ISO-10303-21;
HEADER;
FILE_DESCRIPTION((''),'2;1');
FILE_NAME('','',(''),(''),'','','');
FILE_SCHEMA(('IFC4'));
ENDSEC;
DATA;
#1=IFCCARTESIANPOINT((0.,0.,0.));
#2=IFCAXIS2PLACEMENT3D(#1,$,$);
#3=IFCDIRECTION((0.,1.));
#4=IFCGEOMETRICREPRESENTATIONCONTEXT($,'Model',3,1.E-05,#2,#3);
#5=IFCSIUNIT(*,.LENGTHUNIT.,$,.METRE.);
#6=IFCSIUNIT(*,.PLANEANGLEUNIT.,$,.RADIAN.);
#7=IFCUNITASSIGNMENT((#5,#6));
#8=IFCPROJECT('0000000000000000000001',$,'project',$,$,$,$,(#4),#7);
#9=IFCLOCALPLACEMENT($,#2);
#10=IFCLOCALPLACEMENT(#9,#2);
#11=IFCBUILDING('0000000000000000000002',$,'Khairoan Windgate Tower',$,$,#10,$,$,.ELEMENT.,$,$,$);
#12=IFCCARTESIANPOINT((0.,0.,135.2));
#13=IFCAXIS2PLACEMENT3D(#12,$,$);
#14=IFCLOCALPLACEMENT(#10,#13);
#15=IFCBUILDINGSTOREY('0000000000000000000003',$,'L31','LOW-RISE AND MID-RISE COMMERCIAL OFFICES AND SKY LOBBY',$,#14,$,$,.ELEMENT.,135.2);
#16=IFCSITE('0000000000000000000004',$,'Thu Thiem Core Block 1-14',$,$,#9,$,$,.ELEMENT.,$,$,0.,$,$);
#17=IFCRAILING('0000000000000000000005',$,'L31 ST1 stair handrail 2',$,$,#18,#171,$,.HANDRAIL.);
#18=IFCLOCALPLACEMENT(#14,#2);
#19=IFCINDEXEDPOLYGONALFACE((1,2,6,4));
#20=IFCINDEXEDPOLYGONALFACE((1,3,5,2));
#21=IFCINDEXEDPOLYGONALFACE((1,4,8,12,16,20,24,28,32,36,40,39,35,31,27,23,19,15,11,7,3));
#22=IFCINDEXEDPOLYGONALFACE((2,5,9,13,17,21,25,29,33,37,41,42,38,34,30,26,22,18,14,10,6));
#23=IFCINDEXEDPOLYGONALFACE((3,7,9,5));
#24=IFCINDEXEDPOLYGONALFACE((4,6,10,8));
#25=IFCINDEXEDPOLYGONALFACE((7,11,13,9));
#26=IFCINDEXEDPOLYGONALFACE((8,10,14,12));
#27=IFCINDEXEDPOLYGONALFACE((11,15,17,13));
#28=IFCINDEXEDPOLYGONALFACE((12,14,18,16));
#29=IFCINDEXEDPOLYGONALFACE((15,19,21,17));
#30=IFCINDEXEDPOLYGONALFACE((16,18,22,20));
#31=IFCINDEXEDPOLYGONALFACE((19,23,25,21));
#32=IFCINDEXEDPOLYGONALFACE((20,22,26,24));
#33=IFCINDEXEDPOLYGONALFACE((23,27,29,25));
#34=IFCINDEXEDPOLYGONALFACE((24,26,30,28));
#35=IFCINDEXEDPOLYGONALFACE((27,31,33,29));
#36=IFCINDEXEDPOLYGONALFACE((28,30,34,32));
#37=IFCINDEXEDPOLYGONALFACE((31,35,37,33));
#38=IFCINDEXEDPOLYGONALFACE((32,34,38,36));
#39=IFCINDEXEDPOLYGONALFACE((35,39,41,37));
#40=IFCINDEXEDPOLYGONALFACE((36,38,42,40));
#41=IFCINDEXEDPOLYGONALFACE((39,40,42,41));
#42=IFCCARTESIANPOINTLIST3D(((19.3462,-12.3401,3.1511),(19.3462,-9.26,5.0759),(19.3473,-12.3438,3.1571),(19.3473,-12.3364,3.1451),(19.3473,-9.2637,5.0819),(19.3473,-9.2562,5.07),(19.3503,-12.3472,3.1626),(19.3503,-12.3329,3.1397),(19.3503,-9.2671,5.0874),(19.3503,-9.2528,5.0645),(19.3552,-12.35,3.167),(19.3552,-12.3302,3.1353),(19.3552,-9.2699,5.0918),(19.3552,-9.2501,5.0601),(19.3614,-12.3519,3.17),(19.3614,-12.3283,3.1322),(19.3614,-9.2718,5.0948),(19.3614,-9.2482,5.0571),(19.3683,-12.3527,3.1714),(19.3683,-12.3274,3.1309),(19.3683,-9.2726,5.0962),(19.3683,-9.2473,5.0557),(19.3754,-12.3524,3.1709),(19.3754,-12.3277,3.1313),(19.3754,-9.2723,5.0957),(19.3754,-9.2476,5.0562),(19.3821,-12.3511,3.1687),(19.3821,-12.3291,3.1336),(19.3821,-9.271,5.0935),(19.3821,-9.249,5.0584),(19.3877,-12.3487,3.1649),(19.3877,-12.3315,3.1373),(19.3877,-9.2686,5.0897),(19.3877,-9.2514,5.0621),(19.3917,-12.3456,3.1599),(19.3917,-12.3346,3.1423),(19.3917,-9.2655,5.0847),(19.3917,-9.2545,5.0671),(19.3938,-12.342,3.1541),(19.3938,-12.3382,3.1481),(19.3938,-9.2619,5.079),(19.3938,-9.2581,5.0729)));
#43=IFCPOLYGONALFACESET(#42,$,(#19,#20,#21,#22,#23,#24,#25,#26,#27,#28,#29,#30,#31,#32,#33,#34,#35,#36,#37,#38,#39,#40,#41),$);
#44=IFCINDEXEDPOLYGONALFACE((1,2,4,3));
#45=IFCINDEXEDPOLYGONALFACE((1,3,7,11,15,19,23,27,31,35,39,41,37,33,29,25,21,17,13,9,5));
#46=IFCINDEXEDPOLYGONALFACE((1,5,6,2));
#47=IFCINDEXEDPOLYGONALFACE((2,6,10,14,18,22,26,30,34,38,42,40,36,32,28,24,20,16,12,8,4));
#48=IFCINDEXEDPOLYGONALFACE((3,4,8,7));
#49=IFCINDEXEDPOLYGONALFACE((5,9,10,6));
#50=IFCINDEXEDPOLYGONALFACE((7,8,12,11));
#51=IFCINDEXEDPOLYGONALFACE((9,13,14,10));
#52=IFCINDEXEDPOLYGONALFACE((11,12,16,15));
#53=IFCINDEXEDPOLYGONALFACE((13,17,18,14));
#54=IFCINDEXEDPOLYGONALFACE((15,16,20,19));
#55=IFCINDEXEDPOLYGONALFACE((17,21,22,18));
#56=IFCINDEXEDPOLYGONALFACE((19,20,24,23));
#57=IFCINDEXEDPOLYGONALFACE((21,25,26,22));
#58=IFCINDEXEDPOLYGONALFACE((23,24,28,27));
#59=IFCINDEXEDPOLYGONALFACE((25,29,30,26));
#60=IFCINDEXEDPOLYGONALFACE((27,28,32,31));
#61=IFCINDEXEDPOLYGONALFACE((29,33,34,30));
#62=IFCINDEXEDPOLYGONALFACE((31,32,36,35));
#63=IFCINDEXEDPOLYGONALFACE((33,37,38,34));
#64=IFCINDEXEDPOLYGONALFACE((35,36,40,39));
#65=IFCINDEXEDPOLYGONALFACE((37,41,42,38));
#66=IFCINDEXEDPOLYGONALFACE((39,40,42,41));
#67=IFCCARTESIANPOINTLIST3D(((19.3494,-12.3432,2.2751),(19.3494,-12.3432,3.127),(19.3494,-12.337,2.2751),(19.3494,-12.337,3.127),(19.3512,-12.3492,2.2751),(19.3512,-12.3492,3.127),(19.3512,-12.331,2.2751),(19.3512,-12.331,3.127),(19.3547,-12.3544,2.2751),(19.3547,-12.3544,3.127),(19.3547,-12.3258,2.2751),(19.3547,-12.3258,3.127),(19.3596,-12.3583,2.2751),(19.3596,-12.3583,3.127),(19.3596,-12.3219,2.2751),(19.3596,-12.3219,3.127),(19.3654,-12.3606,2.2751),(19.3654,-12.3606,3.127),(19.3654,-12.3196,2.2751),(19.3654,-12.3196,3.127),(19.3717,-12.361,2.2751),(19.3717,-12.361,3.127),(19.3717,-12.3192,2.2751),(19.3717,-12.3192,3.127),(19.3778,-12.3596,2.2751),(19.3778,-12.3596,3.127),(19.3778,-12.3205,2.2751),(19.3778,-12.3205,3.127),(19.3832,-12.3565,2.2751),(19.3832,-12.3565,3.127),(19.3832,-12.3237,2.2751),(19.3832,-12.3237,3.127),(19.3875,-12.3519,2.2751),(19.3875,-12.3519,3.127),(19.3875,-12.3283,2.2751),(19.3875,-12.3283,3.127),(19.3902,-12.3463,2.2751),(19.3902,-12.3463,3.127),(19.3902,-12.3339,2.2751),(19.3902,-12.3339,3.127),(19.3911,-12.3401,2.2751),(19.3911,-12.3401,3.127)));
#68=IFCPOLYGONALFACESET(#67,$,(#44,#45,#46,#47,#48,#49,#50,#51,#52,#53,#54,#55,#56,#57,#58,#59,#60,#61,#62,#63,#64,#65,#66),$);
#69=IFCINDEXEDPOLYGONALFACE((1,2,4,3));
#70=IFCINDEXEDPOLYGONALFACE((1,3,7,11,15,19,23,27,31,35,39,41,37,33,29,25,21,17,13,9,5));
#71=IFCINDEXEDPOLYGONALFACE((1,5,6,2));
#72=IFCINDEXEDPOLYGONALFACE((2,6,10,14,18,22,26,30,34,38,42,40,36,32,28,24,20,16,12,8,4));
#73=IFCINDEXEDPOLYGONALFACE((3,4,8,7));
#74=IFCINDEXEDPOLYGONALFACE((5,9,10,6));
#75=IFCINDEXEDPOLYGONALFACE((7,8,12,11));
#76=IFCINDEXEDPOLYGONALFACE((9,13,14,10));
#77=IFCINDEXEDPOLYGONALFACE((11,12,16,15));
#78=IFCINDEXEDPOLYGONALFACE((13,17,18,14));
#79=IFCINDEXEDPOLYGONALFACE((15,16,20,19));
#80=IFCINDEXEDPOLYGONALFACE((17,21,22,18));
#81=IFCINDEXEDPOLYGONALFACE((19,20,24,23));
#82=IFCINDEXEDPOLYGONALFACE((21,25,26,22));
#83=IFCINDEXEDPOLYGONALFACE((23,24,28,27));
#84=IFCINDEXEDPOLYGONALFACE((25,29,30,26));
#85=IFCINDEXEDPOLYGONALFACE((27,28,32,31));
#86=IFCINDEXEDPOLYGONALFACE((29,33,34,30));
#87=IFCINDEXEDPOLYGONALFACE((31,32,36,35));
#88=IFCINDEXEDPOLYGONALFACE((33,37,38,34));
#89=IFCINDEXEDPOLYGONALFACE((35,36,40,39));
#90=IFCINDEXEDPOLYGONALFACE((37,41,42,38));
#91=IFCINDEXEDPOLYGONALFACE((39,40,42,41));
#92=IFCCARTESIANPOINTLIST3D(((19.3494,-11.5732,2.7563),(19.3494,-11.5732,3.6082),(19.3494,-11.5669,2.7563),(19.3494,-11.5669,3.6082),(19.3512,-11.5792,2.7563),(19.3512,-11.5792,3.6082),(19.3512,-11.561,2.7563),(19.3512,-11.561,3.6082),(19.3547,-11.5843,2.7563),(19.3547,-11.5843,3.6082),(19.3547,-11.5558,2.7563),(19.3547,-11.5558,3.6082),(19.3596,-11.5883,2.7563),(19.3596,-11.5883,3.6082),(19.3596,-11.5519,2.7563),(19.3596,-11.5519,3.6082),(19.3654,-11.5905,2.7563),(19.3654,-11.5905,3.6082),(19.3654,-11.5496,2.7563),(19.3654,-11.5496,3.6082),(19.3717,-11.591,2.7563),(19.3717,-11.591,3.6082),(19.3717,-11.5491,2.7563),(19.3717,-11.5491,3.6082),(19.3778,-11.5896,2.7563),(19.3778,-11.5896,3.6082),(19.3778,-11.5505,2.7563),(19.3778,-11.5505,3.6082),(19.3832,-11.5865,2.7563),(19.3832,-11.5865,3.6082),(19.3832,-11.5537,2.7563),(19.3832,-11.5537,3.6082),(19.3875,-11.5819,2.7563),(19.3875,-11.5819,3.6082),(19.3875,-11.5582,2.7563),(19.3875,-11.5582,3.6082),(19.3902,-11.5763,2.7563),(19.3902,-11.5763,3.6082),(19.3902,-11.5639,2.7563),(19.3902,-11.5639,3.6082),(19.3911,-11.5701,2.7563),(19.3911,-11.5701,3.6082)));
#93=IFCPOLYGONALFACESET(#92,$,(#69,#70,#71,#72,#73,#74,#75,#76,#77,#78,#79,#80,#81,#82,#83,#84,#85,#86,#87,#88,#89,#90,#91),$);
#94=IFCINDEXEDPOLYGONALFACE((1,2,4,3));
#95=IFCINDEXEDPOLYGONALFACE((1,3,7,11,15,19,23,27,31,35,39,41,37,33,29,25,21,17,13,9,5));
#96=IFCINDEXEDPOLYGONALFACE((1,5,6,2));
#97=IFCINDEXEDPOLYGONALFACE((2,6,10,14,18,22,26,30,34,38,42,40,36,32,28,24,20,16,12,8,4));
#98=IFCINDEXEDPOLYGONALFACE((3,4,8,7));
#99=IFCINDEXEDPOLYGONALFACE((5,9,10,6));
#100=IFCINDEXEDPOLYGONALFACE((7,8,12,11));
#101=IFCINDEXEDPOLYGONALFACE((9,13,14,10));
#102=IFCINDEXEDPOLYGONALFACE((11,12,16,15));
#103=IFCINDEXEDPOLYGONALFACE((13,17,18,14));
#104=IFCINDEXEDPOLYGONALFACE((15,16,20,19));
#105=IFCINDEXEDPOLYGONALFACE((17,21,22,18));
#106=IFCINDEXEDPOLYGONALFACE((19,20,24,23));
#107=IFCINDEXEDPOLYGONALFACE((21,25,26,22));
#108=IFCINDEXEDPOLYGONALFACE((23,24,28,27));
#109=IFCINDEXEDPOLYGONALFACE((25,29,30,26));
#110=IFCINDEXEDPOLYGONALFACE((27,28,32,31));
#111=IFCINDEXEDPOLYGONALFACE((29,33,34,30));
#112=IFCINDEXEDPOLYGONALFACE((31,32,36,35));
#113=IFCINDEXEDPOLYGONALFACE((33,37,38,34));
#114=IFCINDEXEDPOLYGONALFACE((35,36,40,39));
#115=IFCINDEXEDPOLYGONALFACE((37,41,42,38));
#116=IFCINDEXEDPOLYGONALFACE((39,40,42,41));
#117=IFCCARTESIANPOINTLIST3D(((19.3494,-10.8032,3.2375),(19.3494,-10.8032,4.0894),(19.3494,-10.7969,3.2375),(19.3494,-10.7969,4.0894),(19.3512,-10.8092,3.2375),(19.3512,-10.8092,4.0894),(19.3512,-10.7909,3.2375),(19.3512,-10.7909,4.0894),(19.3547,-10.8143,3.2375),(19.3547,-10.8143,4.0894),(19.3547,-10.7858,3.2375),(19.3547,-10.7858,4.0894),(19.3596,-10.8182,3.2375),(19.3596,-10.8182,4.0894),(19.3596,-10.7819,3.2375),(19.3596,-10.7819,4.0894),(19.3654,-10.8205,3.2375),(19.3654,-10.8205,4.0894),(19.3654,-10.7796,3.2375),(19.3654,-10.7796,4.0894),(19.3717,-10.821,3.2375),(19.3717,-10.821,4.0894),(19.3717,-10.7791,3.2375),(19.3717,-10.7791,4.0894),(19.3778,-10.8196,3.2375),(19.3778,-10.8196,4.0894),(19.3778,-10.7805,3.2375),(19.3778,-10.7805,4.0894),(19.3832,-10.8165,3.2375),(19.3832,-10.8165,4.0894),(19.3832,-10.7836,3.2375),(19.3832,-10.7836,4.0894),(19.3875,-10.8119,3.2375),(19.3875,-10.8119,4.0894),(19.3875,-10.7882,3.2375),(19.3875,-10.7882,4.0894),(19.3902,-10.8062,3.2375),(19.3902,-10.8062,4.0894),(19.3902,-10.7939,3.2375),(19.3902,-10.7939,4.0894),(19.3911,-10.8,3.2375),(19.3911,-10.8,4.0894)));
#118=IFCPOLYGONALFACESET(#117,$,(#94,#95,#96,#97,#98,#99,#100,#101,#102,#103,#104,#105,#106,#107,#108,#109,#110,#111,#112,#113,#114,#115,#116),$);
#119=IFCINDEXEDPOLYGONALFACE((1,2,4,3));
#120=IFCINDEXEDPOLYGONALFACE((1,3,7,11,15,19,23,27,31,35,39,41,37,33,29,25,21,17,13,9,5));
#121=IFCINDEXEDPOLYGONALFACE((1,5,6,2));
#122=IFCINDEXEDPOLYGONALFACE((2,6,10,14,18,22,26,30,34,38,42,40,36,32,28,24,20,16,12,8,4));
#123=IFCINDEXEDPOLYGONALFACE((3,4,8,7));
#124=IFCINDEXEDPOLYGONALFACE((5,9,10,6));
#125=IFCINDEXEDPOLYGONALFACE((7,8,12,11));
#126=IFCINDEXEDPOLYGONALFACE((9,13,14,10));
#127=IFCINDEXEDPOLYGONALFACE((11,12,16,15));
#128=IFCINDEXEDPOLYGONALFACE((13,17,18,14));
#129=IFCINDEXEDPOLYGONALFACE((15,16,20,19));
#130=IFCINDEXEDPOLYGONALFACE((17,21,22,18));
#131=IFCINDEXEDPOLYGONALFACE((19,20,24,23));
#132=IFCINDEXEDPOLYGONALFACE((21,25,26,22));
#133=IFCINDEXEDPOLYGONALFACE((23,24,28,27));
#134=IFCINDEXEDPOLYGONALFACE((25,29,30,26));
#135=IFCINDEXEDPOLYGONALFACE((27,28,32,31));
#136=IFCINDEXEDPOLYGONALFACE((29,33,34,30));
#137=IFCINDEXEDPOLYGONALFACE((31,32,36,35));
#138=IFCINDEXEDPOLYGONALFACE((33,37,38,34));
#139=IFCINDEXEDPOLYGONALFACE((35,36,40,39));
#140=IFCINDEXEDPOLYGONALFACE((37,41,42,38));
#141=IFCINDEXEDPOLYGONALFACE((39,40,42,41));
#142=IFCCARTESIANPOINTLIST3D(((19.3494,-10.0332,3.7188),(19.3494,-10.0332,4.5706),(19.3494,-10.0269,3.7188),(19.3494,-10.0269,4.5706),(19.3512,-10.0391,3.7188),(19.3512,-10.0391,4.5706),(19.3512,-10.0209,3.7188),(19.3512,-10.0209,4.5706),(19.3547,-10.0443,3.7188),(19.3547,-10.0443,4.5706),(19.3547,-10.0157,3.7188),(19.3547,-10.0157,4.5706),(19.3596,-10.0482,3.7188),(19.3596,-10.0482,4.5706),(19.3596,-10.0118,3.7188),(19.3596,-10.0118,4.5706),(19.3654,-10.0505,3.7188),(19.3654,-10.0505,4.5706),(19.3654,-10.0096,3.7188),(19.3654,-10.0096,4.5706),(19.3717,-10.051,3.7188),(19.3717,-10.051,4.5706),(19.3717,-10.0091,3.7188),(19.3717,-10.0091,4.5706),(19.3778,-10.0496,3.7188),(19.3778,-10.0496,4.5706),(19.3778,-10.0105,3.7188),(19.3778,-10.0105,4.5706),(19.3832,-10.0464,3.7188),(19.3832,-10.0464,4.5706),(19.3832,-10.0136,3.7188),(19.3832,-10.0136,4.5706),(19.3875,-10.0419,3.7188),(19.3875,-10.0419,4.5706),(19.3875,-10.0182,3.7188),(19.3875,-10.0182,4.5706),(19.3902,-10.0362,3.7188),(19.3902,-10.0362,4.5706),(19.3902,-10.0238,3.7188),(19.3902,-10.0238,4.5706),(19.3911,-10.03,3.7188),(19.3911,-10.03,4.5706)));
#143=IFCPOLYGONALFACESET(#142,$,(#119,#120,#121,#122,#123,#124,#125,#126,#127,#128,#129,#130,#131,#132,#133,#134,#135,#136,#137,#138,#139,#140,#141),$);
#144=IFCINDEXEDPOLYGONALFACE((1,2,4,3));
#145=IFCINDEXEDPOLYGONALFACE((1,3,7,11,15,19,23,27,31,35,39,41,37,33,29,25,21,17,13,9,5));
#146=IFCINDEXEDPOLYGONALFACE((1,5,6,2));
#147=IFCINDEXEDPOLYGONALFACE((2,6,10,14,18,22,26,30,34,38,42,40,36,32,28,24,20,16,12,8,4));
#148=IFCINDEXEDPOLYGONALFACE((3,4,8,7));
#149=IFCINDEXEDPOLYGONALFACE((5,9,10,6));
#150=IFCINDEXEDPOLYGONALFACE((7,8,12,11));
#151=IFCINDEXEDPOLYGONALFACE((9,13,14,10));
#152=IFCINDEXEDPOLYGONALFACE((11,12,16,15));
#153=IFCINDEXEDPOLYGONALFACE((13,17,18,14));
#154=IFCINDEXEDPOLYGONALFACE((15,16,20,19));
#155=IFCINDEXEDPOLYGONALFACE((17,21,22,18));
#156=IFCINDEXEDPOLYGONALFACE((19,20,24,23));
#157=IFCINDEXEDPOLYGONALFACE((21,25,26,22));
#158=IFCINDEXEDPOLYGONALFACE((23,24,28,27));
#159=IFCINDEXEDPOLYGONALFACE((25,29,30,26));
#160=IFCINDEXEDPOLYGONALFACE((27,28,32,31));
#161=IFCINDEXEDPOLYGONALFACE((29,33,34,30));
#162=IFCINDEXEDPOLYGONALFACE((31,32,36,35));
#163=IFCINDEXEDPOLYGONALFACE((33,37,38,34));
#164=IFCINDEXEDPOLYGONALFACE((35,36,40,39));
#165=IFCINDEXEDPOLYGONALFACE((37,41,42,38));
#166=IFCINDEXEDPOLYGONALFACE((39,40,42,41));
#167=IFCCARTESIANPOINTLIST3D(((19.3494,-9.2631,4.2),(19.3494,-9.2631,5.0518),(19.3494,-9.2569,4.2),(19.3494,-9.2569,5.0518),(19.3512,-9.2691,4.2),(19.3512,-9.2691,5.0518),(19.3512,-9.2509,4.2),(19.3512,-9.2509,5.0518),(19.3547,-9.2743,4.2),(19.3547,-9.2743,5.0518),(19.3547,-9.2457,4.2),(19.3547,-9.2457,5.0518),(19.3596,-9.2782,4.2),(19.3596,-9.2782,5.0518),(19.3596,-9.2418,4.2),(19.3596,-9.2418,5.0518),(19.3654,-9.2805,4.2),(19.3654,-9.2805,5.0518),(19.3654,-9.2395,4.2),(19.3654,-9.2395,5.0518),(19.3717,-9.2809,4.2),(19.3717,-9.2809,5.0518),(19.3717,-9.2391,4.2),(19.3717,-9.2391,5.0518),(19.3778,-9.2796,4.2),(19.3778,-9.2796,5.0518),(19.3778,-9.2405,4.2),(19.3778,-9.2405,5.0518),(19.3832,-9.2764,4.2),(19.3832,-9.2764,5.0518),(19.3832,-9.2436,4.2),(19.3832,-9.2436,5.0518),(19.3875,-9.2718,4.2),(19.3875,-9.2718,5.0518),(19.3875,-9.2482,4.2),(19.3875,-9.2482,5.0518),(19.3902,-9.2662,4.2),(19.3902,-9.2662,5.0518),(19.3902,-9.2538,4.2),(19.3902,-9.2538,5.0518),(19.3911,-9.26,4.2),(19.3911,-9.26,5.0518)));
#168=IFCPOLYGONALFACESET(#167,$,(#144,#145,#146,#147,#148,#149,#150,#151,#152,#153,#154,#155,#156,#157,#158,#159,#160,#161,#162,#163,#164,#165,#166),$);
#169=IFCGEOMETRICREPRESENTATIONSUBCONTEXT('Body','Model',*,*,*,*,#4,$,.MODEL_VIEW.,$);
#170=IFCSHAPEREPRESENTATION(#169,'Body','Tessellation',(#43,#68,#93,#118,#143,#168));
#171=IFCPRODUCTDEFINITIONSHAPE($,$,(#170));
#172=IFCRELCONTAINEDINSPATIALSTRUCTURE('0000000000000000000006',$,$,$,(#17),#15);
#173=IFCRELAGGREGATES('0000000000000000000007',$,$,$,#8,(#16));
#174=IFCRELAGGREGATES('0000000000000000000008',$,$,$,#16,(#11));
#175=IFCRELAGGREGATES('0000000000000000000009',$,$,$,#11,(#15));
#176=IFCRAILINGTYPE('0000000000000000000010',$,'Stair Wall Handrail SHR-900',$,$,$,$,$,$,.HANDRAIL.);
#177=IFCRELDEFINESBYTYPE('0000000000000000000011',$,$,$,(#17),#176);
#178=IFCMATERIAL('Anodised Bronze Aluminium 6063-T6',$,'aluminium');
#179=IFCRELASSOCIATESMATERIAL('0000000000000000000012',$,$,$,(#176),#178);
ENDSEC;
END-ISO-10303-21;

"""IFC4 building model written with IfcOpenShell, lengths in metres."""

from ifc_helpers import new_model, si_unit, direction, frame, origin, origin_2d, place, context, subcontext, project, spatial, circle, extrude, material, type_object, element, save


model = new_model("IFC4")

# Units and contexts
model_context = context("Model", 3, precision=1e-05, world=origin(), true_north=direction((0.0, 1.0)))
body_context = subcontext(model_context, "Body", "Model", "MODEL_VIEW")
ifc_project = project(units=[si_unit("LENGTHUNIT", "METRE"), si_unit("PLANEANGLEUNIT", "RADIAN")], contexts=[model_context])

# Site, building, storey
site_placement = place(None, origin())
site = spatial("IfcSite", under=ifc_project, at=site_placement, Name="Thu Thiem Core Block 1-14", CompositionType="ELEMENT", RefElevation=0.0)
building_placement = place(site_placement, origin())
building = spatial("IfcBuilding", under=site, at=building_placement, Name="Khairoan Windgate Tower", CompositionType="ELEMENT")
storey_placement = place(building_placement, frame((0.0, 0.0, 135.2)))
storey = spatial("IfcBuildingStorey", under=building, at=storey_placement, Name="L31", Description="LOW-RISE AND MID-RISE COMMERCIAL OFFICES AND SKY LOBBY", CompositionType="ELEMENT", Elevation=135.2)

# Railing
ifc_material_1 = material(Name="Anodised Bronze Aluminium 6063-T6", Category="aluminium")
railing_type_1 = type_object("IfcRailingType", Name="Stair Wall Handrail SHR-900", PredefinedType="HANDRAIL", material=ifc_material_1)
railing_1_placement = place(storey_placement, frame((19.3701, -12.3401, 2.2751)))
element("IfcRailing", 1, at=railing_1_placement, inside=storey, type_object=railing_type_1, Name="L31 ST1 stair handrail 2", PredefinedType="HANDRAIL", context=body_context, shape_type="SweptSolid", body=[
    extrude(circle(Radius=0.0239, at=origin_2d()), frame((0.0, 0.0, 0.876), z_axis=(0.0, 0.848029, 0.529951), x_axis=(-1.0, 0.0, 0.0)), (0.0, 0.0, 1.0), 3.6321),
    extrude(circle(Radius=0.021, at=origin_2d()), origin(), (0.0, 0.0, 1.0), 0.8518),
    extrude(circle(Radius=0.021, at=origin_2d()), frame((0.0, 0.77, 0.4812)), (0.0, 0.0, 1.0), 0.8518),
    extrude(circle(Radius=0.021, at=origin_2d()), frame((0.0, 1.54, 0.9624)), (0.0, 0.0, 1.0), 0.8518),
    extrude(circle(Radius=0.021, at=origin_2d()), frame((0.0, 2.3101, 1.4436)), (0.0, 0.0, 1.0), 0.8518),
    extrude(circle(Radius=0.021, at=origin_2d()), frame((0.0, 3.0801, 1.9248)), (0.0, 0.0, 1.0), 0.8518),
])

save(model, "model.ifc")
